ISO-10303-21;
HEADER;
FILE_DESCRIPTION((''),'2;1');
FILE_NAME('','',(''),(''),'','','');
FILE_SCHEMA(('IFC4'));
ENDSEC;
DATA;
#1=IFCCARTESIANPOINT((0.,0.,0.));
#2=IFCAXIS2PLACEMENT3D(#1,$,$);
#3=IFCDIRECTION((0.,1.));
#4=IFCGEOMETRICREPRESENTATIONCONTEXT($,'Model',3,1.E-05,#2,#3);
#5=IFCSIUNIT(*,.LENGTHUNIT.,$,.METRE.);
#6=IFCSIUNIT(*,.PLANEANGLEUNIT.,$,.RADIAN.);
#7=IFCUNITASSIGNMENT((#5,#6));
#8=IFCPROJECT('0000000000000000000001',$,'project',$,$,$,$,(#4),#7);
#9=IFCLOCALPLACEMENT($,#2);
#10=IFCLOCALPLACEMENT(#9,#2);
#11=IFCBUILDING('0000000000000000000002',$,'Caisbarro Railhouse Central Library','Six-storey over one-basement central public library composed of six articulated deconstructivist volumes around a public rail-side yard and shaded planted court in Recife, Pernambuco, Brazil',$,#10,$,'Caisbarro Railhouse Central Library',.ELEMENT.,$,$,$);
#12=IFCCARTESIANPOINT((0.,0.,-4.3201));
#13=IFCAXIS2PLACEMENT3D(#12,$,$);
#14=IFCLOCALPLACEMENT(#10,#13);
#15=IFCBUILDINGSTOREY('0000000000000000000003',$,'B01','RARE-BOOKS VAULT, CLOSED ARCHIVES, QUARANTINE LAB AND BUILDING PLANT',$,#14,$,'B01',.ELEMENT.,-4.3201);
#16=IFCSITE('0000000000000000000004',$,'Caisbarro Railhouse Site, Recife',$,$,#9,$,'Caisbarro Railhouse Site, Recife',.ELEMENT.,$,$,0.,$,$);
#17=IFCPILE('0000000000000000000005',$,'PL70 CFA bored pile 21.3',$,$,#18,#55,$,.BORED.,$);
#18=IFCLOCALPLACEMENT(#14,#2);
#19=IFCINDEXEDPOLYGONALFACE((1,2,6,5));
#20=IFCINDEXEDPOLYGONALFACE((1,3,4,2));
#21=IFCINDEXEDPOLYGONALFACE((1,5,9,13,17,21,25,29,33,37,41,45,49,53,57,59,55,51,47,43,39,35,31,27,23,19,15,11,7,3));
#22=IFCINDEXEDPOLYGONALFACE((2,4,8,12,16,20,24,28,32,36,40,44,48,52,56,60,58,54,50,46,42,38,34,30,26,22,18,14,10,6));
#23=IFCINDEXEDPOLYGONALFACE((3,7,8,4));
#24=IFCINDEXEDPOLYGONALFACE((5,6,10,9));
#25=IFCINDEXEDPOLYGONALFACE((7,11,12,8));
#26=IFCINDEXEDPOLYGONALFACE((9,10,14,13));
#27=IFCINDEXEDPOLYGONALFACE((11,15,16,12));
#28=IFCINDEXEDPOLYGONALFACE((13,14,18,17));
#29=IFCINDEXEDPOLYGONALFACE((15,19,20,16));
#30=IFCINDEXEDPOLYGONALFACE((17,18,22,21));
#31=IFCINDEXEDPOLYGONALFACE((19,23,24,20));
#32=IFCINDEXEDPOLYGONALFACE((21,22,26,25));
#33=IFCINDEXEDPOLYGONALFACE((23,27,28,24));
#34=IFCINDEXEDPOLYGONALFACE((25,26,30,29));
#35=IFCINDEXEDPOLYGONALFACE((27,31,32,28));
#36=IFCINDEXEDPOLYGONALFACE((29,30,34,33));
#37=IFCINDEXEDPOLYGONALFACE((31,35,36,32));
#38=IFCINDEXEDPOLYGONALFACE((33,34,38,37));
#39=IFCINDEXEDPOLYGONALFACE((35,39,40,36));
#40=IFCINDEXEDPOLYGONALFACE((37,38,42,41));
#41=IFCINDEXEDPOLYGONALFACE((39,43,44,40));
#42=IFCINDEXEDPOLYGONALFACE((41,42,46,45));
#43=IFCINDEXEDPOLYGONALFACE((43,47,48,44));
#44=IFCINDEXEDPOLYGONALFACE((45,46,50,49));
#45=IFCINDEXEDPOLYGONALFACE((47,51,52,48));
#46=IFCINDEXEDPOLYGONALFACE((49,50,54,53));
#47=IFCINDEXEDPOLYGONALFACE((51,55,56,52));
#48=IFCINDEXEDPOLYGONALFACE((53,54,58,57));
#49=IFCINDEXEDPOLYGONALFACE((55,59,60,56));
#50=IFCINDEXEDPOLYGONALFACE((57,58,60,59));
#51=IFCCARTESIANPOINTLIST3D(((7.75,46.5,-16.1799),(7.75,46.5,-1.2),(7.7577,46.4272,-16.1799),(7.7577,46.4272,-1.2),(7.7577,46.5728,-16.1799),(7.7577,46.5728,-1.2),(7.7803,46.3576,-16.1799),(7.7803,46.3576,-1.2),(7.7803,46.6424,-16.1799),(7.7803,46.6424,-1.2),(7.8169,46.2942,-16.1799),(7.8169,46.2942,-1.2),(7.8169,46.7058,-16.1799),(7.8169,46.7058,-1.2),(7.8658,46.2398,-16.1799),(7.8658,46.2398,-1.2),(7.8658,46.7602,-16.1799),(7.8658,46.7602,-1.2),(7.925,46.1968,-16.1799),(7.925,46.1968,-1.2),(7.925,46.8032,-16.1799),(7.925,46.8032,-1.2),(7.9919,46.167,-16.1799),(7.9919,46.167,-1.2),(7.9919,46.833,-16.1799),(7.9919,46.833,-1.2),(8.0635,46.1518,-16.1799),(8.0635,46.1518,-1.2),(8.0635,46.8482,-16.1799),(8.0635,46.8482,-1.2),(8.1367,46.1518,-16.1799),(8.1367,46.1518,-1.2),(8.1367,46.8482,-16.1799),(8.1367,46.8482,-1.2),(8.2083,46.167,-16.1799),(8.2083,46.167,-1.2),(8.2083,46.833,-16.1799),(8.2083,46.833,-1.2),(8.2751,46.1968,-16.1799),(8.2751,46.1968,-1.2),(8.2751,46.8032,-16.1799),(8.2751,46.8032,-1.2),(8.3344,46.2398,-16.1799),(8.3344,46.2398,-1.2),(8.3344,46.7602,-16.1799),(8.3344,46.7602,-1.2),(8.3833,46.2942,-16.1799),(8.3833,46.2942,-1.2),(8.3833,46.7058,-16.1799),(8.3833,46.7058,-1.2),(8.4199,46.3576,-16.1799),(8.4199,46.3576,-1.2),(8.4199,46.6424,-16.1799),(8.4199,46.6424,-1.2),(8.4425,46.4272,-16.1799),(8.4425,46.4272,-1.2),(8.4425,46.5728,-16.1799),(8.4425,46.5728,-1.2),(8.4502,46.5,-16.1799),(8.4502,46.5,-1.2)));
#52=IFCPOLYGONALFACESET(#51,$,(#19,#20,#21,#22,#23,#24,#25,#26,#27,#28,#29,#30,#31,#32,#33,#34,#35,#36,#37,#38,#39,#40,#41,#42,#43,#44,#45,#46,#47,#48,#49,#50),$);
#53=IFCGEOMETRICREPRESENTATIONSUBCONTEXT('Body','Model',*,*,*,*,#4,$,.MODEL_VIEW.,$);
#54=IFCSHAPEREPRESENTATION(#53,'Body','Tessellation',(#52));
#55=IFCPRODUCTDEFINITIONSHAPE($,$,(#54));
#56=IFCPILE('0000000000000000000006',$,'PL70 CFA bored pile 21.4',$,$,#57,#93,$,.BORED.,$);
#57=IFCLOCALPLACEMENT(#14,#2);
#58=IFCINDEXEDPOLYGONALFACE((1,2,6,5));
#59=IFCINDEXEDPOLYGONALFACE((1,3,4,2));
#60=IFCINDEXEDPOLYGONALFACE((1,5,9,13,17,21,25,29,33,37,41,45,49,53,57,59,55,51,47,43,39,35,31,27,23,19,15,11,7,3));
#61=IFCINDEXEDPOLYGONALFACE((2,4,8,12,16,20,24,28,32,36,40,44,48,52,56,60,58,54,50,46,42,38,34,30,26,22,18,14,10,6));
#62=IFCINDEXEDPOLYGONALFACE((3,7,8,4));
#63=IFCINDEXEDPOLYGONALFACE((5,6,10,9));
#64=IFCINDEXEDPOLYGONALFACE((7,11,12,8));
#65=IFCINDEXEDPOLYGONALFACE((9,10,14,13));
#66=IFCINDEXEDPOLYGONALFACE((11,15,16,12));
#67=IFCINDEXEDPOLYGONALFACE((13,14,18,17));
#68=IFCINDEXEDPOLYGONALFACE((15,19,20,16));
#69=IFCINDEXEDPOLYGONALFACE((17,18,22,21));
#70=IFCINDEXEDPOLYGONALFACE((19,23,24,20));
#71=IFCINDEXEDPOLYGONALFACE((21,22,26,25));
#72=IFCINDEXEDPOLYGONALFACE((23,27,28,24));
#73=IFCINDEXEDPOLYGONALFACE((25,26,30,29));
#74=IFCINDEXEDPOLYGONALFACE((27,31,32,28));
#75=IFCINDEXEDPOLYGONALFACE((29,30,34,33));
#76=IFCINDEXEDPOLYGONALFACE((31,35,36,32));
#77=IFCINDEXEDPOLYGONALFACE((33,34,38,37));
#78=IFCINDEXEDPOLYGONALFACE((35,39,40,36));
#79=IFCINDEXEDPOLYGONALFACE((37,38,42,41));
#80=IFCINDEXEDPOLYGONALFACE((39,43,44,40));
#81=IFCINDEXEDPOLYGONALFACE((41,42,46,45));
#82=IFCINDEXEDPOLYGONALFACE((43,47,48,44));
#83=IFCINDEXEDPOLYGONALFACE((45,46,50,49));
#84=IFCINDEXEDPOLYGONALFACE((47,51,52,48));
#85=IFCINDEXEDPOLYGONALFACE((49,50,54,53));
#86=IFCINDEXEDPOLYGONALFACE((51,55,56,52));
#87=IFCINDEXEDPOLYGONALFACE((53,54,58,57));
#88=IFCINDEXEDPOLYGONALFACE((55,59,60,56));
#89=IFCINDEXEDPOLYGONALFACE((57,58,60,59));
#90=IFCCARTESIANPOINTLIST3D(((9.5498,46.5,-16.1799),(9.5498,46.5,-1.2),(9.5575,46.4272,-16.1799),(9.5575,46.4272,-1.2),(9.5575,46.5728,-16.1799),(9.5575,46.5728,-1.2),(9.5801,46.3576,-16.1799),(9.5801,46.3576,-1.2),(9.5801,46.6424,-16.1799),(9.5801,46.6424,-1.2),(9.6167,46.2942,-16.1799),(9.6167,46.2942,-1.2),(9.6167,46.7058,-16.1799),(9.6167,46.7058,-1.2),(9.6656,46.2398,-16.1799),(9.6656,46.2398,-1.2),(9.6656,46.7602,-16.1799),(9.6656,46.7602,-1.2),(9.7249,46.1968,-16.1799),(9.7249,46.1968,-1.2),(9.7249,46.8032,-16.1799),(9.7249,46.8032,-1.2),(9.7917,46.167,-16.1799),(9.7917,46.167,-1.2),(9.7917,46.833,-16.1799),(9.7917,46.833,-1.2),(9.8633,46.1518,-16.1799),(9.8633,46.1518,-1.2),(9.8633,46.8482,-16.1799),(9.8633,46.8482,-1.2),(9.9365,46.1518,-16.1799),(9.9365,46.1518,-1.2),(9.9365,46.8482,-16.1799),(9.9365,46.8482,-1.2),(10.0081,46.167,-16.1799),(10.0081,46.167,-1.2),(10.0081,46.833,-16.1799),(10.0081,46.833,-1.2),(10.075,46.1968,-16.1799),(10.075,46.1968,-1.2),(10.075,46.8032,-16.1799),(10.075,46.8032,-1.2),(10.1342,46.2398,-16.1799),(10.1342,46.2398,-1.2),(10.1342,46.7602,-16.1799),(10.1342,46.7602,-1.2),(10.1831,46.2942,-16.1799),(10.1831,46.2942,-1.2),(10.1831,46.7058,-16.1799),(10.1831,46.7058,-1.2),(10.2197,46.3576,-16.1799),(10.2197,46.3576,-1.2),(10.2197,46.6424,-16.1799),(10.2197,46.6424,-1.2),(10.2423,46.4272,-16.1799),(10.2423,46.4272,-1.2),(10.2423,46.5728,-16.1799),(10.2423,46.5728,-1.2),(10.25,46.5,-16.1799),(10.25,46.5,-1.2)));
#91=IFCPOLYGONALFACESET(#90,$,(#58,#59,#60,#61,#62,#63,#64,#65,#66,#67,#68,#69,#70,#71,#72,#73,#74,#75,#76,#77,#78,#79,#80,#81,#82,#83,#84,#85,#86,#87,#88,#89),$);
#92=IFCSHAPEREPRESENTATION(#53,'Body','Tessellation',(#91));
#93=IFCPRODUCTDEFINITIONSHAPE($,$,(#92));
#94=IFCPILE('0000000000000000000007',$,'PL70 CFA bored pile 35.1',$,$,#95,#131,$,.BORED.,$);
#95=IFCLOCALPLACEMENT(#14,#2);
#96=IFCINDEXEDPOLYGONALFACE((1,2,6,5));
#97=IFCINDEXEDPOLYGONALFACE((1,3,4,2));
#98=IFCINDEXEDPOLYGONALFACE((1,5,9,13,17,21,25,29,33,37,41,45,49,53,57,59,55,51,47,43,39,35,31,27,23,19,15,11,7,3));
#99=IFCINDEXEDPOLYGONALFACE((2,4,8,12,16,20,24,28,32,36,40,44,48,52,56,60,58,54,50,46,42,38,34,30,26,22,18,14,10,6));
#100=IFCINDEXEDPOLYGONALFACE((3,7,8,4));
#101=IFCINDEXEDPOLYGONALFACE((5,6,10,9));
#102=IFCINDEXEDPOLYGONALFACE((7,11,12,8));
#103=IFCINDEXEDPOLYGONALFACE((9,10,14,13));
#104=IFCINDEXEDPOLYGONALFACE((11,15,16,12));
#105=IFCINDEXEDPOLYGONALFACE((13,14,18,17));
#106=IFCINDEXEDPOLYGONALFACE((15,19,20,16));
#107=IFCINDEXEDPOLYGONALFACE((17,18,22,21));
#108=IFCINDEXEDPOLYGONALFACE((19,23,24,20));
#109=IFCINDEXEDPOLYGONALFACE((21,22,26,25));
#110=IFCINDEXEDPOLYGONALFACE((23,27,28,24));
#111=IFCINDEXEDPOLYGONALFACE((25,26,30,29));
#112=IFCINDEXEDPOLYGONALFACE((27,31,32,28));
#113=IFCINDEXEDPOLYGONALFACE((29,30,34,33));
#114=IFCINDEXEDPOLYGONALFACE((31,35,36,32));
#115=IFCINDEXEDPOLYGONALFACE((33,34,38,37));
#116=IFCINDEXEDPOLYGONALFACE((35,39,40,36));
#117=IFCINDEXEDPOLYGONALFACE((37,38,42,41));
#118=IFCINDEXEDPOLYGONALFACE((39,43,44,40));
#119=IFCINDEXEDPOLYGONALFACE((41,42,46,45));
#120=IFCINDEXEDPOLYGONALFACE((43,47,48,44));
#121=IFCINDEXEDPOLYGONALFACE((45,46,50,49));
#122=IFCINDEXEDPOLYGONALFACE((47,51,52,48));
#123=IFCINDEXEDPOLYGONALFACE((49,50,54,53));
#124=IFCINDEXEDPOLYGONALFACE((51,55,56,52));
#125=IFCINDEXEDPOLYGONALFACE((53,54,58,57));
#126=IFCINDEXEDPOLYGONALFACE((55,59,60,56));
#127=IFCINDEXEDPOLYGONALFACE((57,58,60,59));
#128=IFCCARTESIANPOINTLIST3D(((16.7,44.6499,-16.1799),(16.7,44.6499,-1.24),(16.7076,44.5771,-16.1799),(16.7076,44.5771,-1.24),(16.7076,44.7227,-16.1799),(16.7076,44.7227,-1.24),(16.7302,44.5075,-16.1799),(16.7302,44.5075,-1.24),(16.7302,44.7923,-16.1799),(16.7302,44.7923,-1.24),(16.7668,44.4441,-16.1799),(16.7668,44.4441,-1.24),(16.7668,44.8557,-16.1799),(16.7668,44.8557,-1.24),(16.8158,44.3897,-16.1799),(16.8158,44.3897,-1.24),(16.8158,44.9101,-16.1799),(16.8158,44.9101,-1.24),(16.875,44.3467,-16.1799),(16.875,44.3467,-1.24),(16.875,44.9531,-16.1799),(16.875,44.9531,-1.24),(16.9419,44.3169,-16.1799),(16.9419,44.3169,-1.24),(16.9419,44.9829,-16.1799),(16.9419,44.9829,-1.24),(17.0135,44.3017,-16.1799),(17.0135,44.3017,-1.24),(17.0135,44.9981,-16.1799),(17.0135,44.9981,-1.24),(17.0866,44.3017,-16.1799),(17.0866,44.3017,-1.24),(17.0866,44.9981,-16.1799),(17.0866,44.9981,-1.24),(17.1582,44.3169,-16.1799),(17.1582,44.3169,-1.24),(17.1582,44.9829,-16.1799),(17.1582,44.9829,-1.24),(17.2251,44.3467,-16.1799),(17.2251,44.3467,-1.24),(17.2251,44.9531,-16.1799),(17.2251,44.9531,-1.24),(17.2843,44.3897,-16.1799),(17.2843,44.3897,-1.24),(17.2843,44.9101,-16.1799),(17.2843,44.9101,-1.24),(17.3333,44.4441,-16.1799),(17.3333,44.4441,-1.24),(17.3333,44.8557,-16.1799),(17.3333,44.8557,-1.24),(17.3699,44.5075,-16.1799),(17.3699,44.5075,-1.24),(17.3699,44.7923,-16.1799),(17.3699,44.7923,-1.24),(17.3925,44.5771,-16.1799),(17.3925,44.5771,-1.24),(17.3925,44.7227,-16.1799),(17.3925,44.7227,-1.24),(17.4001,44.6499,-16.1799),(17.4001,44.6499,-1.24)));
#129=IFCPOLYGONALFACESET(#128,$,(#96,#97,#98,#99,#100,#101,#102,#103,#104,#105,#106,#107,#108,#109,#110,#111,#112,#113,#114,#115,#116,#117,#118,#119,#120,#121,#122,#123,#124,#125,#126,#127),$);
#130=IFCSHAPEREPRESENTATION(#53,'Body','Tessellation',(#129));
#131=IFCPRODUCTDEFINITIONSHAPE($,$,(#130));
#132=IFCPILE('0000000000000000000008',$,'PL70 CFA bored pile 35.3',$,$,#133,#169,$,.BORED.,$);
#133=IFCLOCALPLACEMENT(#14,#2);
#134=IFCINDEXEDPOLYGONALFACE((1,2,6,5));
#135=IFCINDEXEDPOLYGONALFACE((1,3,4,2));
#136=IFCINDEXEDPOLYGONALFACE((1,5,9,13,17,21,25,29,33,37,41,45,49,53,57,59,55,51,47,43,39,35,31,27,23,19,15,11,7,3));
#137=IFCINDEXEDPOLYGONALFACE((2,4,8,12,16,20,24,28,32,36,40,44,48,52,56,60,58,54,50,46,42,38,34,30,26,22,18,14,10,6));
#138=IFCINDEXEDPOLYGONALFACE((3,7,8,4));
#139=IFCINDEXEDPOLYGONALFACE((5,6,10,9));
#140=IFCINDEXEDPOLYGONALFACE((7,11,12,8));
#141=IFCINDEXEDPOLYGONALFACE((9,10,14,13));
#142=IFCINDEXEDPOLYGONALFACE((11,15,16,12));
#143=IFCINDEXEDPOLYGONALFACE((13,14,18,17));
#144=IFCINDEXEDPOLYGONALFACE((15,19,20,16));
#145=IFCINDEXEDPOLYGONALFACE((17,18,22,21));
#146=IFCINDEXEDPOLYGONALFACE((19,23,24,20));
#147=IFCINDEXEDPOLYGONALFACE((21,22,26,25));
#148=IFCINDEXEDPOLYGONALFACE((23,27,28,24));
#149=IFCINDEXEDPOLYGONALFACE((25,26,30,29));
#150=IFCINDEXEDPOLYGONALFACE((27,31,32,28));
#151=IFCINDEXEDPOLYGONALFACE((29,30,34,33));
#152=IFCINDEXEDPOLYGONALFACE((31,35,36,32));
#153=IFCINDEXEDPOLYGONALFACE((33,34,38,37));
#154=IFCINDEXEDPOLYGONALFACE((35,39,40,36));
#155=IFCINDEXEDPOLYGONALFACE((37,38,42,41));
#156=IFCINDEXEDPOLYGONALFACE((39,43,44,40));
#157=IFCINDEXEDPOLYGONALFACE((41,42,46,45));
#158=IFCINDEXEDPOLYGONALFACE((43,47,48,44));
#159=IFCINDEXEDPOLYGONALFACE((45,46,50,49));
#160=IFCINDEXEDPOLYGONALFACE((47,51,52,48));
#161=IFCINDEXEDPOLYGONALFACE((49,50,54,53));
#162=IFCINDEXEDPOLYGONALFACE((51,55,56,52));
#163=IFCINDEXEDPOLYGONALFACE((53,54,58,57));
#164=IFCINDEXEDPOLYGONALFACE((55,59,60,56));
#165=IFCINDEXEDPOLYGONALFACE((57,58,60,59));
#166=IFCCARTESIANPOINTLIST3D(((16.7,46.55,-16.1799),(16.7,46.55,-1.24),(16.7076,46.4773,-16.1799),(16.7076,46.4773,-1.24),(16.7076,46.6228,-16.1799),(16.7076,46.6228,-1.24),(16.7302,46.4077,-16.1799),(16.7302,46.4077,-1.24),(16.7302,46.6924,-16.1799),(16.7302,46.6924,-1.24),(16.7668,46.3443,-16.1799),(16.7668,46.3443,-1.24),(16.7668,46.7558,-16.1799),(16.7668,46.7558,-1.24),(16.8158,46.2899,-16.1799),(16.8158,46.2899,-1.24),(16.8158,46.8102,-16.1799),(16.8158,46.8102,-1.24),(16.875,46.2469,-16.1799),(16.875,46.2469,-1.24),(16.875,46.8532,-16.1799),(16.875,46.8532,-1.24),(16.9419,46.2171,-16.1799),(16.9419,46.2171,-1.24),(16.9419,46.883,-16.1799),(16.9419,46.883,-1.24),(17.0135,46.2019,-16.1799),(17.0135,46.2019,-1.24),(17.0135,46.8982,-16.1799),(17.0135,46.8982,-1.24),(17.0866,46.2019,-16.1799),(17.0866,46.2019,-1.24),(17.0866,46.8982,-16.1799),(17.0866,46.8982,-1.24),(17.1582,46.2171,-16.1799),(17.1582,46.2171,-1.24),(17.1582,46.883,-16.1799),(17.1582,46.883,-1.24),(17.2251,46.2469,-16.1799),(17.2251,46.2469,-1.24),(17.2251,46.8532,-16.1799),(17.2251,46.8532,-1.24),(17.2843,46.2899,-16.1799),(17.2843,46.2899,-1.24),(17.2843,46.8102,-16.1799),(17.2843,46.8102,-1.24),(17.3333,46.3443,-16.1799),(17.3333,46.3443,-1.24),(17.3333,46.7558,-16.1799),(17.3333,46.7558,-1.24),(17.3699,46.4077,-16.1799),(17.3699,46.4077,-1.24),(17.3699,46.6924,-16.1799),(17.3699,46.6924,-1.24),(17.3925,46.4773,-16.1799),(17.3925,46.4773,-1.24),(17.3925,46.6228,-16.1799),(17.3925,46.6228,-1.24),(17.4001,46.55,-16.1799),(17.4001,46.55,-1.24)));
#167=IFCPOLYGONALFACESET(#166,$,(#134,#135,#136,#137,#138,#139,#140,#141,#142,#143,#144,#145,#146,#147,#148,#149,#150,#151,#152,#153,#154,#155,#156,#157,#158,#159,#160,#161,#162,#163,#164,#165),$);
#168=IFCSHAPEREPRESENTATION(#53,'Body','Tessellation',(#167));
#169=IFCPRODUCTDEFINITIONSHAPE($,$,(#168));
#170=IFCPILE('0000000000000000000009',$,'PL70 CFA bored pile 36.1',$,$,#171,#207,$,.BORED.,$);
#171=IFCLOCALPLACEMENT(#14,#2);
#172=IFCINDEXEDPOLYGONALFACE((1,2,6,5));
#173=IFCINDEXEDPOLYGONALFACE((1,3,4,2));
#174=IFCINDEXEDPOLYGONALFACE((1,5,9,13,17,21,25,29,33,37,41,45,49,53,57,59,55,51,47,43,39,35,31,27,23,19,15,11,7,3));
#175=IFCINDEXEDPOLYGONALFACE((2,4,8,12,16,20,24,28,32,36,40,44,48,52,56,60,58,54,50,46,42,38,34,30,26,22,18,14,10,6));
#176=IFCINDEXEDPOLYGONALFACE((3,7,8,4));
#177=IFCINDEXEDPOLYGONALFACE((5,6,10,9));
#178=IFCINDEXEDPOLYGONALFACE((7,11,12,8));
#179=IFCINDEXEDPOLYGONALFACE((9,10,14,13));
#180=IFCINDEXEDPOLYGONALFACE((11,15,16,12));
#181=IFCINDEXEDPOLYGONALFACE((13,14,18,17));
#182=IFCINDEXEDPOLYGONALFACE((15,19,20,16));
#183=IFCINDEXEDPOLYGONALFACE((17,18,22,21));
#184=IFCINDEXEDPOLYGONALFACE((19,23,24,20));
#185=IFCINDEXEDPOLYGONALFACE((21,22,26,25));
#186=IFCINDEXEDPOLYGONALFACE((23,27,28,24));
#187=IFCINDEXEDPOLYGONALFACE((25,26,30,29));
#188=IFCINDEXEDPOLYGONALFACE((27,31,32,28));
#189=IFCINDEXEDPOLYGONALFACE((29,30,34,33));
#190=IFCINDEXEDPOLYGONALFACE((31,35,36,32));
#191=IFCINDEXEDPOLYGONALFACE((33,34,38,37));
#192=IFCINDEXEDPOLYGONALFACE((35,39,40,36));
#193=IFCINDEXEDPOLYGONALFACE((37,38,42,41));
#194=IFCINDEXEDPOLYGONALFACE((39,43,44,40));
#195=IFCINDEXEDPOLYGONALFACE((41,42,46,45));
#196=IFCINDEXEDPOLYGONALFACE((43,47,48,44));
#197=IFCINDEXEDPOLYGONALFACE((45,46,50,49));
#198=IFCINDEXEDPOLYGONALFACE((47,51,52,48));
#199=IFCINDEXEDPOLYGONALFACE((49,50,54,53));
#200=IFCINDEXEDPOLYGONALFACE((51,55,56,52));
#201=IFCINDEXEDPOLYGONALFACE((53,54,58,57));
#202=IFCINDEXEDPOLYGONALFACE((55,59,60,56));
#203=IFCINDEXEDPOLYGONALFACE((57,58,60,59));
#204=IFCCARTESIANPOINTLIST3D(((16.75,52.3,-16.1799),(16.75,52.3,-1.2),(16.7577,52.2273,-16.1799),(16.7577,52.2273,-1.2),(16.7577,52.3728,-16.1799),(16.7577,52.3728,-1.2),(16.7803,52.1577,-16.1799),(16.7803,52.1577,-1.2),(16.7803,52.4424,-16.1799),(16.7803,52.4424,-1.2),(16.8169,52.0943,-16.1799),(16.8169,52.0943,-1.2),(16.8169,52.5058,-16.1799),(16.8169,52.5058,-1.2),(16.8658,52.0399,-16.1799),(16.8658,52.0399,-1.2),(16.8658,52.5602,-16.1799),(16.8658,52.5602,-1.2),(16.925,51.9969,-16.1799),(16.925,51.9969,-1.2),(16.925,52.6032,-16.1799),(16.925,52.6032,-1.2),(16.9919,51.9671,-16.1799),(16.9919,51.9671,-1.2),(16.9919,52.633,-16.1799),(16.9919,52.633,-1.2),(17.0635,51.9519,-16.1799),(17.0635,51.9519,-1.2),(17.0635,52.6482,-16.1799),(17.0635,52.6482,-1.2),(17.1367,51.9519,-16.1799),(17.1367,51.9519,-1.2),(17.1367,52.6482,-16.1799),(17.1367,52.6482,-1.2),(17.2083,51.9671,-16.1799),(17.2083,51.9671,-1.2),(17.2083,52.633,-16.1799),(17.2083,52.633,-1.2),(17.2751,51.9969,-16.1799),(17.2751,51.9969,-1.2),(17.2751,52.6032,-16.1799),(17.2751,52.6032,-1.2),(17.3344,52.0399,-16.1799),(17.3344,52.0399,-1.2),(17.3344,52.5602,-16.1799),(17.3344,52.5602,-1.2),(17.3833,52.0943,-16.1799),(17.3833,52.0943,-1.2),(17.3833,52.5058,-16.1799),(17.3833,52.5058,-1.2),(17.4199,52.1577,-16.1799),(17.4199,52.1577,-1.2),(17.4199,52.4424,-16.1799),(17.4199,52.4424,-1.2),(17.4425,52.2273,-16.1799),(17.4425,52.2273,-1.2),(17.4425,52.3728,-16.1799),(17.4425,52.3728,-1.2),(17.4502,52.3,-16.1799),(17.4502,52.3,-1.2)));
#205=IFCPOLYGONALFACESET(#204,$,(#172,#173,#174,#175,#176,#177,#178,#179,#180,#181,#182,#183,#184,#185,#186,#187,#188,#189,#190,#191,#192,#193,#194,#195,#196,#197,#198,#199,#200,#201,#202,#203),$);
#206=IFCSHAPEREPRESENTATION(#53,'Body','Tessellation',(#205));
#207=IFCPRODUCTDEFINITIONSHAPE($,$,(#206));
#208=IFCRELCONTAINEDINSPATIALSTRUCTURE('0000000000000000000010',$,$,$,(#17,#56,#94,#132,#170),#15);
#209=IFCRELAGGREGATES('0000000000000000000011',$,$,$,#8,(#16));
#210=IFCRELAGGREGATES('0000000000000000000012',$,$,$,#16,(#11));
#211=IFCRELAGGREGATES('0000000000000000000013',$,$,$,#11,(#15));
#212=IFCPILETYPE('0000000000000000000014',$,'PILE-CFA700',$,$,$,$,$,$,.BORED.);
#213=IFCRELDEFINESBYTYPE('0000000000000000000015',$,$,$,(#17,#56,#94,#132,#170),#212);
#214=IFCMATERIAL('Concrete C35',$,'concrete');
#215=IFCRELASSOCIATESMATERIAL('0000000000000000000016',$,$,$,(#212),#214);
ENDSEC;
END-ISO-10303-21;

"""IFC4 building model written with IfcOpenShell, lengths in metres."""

from ifc_helpers import new_model, si_unit, direction, frame, origin, origin_2d, place, context, subcontext, project, spatial, circle, extrude, material, material_profile, profile_set, type_object, element, save


model = new_model("IFC4")

# Units and contexts
model_context = context("Model", 3, precision=1e-05, world=origin(), true_north=direction((0.0, 1.0)))
body_context = subcontext(model_context, "Body", "Model", "MODEL_VIEW")
ifc_project = project(units=[si_unit("LENGTHUNIT", "METRE"), si_unit("PLANEANGLEUNIT", "RADIAN")], contexts=[model_context])

# Site, building, storey
site_placement = place(None, origin())
site = spatial("IfcSite", under=ifc_project, at=site_placement, Name="Caisbarro Railhouse Site, Recife", LongName="Caisbarro Railhouse Site, Recife", CompositionType="ELEMENT", RefElevation=0.0)
building_placement = place(site_placement, origin())
building = spatial("IfcBuilding", under=site, at=building_placement, Name="Caisbarro Railhouse Central Library", Description="Six-storey over one-basement central public library composed of six articulated deconstructivist volumes around a public rail-side yard and shaded planted court in Recife, Pernambuco, Brazil", LongName="Caisbarro Railhouse Central Library", CompositionType="ELEMENT")
storey_placement = place(building_placement, frame((0.0, 0.0, -4.3201)))
storey = spatial("IfcBuildingStorey", under=building, at=storey_placement, Name="B01", Description="RARE-BOOKS VAULT, CLOSED ARCHIVES, QUARANTINE LAB AND BUILDING PLANT", LongName="B01", CompositionType="ELEMENT", Elevation=-4.3201)

# Shared definitions
ifc_material_1 = material(Name="Concrete C35", Category="concrete")

# Piles
ifc_material_profile_1 = material_profile(ifc_material_1, circle(Radius=0.3501, at=origin_2d()), Name="PILE-CFA-700")
ifc_profile_set_1 = profile_set([ifc_material_profile_1], Name="Concrete C35")
pile_type_1 = type_object("IfcPileType", Name="PILE-CFA700", PredefinedType="BORED", material=ifc_profile_set_1)
for number, where, z_axis, x_axis, name in (
    (1, (8.1001, 46.5, -1.2), (0.0, 0.0, -1.0), (1.0, 0.0, 0.0), "PL70 CFA bored pile 21.3"),
    (2, (9.8999, 46.5, -1.2), (0.0, 0.0, -1.0), (1.0, 0.0, 0.0), "PL70 CFA bored pile 21.4"),
):
    element("IfcPile", number, at=place(storey_placement, frame(where, z_axis=z_axis, x_axis=x_axis)), inside=storey, type_object=pile_type_1, Name=name, PredefinedType="BORED", context=body_context, shape_type="SweptSolid", body=[
        extrude(circle(Radius=0.3501, at=origin_2d()), origin(), (0.0, 0.0, 1.0), 14.98),
    ])
for number, where, z_axis, x_axis, name in (
    (3, (17.05, 44.6499, -1.24), (0.0, 0.0, -1.0), (1.0, 0.0, 0.0), "PL70 CFA bored pile 35.1"),
    (4, (17.05, 46.55, -1.24), (0.0, 0.0, -1.0), (1.0, 0.0, 0.0), "PL70 CFA bored pile 35.3"),
):
    element("IfcPile", number, at=place(storey_placement, frame(where, z_axis=z_axis, x_axis=x_axis)), inside=storey, type_object=pile_type_1, Name=name, PredefinedType="BORED", context=body_context, shape_type="SweptSolid", body=[
        extrude(circle(Radius=0.3501, at=origin_2d()), origin(), (0.0, 0.0, 1.0), 14.9399),
    ])
pile_placement = place(storey_placement, frame((17.1001, 52.3, -1.2), z_axis=(0.0, 0.0, -1.0), x_axis=(1.0, 0.0, 0.0)))
element("IfcPile", 5, at=pile_placement, inside=storey, type_object=pile_type_1, Name="PL70 CFA bored pile 36.1", PredefinedType="BORED", context=body_context, shape_type="SweptSolid", body=[
    extrude(circle(Radius=0.3501, at=origin_2d()), origin(), (0.0, 0.0, 1.0), 14.98),
])

save(model, "model.ifc")
